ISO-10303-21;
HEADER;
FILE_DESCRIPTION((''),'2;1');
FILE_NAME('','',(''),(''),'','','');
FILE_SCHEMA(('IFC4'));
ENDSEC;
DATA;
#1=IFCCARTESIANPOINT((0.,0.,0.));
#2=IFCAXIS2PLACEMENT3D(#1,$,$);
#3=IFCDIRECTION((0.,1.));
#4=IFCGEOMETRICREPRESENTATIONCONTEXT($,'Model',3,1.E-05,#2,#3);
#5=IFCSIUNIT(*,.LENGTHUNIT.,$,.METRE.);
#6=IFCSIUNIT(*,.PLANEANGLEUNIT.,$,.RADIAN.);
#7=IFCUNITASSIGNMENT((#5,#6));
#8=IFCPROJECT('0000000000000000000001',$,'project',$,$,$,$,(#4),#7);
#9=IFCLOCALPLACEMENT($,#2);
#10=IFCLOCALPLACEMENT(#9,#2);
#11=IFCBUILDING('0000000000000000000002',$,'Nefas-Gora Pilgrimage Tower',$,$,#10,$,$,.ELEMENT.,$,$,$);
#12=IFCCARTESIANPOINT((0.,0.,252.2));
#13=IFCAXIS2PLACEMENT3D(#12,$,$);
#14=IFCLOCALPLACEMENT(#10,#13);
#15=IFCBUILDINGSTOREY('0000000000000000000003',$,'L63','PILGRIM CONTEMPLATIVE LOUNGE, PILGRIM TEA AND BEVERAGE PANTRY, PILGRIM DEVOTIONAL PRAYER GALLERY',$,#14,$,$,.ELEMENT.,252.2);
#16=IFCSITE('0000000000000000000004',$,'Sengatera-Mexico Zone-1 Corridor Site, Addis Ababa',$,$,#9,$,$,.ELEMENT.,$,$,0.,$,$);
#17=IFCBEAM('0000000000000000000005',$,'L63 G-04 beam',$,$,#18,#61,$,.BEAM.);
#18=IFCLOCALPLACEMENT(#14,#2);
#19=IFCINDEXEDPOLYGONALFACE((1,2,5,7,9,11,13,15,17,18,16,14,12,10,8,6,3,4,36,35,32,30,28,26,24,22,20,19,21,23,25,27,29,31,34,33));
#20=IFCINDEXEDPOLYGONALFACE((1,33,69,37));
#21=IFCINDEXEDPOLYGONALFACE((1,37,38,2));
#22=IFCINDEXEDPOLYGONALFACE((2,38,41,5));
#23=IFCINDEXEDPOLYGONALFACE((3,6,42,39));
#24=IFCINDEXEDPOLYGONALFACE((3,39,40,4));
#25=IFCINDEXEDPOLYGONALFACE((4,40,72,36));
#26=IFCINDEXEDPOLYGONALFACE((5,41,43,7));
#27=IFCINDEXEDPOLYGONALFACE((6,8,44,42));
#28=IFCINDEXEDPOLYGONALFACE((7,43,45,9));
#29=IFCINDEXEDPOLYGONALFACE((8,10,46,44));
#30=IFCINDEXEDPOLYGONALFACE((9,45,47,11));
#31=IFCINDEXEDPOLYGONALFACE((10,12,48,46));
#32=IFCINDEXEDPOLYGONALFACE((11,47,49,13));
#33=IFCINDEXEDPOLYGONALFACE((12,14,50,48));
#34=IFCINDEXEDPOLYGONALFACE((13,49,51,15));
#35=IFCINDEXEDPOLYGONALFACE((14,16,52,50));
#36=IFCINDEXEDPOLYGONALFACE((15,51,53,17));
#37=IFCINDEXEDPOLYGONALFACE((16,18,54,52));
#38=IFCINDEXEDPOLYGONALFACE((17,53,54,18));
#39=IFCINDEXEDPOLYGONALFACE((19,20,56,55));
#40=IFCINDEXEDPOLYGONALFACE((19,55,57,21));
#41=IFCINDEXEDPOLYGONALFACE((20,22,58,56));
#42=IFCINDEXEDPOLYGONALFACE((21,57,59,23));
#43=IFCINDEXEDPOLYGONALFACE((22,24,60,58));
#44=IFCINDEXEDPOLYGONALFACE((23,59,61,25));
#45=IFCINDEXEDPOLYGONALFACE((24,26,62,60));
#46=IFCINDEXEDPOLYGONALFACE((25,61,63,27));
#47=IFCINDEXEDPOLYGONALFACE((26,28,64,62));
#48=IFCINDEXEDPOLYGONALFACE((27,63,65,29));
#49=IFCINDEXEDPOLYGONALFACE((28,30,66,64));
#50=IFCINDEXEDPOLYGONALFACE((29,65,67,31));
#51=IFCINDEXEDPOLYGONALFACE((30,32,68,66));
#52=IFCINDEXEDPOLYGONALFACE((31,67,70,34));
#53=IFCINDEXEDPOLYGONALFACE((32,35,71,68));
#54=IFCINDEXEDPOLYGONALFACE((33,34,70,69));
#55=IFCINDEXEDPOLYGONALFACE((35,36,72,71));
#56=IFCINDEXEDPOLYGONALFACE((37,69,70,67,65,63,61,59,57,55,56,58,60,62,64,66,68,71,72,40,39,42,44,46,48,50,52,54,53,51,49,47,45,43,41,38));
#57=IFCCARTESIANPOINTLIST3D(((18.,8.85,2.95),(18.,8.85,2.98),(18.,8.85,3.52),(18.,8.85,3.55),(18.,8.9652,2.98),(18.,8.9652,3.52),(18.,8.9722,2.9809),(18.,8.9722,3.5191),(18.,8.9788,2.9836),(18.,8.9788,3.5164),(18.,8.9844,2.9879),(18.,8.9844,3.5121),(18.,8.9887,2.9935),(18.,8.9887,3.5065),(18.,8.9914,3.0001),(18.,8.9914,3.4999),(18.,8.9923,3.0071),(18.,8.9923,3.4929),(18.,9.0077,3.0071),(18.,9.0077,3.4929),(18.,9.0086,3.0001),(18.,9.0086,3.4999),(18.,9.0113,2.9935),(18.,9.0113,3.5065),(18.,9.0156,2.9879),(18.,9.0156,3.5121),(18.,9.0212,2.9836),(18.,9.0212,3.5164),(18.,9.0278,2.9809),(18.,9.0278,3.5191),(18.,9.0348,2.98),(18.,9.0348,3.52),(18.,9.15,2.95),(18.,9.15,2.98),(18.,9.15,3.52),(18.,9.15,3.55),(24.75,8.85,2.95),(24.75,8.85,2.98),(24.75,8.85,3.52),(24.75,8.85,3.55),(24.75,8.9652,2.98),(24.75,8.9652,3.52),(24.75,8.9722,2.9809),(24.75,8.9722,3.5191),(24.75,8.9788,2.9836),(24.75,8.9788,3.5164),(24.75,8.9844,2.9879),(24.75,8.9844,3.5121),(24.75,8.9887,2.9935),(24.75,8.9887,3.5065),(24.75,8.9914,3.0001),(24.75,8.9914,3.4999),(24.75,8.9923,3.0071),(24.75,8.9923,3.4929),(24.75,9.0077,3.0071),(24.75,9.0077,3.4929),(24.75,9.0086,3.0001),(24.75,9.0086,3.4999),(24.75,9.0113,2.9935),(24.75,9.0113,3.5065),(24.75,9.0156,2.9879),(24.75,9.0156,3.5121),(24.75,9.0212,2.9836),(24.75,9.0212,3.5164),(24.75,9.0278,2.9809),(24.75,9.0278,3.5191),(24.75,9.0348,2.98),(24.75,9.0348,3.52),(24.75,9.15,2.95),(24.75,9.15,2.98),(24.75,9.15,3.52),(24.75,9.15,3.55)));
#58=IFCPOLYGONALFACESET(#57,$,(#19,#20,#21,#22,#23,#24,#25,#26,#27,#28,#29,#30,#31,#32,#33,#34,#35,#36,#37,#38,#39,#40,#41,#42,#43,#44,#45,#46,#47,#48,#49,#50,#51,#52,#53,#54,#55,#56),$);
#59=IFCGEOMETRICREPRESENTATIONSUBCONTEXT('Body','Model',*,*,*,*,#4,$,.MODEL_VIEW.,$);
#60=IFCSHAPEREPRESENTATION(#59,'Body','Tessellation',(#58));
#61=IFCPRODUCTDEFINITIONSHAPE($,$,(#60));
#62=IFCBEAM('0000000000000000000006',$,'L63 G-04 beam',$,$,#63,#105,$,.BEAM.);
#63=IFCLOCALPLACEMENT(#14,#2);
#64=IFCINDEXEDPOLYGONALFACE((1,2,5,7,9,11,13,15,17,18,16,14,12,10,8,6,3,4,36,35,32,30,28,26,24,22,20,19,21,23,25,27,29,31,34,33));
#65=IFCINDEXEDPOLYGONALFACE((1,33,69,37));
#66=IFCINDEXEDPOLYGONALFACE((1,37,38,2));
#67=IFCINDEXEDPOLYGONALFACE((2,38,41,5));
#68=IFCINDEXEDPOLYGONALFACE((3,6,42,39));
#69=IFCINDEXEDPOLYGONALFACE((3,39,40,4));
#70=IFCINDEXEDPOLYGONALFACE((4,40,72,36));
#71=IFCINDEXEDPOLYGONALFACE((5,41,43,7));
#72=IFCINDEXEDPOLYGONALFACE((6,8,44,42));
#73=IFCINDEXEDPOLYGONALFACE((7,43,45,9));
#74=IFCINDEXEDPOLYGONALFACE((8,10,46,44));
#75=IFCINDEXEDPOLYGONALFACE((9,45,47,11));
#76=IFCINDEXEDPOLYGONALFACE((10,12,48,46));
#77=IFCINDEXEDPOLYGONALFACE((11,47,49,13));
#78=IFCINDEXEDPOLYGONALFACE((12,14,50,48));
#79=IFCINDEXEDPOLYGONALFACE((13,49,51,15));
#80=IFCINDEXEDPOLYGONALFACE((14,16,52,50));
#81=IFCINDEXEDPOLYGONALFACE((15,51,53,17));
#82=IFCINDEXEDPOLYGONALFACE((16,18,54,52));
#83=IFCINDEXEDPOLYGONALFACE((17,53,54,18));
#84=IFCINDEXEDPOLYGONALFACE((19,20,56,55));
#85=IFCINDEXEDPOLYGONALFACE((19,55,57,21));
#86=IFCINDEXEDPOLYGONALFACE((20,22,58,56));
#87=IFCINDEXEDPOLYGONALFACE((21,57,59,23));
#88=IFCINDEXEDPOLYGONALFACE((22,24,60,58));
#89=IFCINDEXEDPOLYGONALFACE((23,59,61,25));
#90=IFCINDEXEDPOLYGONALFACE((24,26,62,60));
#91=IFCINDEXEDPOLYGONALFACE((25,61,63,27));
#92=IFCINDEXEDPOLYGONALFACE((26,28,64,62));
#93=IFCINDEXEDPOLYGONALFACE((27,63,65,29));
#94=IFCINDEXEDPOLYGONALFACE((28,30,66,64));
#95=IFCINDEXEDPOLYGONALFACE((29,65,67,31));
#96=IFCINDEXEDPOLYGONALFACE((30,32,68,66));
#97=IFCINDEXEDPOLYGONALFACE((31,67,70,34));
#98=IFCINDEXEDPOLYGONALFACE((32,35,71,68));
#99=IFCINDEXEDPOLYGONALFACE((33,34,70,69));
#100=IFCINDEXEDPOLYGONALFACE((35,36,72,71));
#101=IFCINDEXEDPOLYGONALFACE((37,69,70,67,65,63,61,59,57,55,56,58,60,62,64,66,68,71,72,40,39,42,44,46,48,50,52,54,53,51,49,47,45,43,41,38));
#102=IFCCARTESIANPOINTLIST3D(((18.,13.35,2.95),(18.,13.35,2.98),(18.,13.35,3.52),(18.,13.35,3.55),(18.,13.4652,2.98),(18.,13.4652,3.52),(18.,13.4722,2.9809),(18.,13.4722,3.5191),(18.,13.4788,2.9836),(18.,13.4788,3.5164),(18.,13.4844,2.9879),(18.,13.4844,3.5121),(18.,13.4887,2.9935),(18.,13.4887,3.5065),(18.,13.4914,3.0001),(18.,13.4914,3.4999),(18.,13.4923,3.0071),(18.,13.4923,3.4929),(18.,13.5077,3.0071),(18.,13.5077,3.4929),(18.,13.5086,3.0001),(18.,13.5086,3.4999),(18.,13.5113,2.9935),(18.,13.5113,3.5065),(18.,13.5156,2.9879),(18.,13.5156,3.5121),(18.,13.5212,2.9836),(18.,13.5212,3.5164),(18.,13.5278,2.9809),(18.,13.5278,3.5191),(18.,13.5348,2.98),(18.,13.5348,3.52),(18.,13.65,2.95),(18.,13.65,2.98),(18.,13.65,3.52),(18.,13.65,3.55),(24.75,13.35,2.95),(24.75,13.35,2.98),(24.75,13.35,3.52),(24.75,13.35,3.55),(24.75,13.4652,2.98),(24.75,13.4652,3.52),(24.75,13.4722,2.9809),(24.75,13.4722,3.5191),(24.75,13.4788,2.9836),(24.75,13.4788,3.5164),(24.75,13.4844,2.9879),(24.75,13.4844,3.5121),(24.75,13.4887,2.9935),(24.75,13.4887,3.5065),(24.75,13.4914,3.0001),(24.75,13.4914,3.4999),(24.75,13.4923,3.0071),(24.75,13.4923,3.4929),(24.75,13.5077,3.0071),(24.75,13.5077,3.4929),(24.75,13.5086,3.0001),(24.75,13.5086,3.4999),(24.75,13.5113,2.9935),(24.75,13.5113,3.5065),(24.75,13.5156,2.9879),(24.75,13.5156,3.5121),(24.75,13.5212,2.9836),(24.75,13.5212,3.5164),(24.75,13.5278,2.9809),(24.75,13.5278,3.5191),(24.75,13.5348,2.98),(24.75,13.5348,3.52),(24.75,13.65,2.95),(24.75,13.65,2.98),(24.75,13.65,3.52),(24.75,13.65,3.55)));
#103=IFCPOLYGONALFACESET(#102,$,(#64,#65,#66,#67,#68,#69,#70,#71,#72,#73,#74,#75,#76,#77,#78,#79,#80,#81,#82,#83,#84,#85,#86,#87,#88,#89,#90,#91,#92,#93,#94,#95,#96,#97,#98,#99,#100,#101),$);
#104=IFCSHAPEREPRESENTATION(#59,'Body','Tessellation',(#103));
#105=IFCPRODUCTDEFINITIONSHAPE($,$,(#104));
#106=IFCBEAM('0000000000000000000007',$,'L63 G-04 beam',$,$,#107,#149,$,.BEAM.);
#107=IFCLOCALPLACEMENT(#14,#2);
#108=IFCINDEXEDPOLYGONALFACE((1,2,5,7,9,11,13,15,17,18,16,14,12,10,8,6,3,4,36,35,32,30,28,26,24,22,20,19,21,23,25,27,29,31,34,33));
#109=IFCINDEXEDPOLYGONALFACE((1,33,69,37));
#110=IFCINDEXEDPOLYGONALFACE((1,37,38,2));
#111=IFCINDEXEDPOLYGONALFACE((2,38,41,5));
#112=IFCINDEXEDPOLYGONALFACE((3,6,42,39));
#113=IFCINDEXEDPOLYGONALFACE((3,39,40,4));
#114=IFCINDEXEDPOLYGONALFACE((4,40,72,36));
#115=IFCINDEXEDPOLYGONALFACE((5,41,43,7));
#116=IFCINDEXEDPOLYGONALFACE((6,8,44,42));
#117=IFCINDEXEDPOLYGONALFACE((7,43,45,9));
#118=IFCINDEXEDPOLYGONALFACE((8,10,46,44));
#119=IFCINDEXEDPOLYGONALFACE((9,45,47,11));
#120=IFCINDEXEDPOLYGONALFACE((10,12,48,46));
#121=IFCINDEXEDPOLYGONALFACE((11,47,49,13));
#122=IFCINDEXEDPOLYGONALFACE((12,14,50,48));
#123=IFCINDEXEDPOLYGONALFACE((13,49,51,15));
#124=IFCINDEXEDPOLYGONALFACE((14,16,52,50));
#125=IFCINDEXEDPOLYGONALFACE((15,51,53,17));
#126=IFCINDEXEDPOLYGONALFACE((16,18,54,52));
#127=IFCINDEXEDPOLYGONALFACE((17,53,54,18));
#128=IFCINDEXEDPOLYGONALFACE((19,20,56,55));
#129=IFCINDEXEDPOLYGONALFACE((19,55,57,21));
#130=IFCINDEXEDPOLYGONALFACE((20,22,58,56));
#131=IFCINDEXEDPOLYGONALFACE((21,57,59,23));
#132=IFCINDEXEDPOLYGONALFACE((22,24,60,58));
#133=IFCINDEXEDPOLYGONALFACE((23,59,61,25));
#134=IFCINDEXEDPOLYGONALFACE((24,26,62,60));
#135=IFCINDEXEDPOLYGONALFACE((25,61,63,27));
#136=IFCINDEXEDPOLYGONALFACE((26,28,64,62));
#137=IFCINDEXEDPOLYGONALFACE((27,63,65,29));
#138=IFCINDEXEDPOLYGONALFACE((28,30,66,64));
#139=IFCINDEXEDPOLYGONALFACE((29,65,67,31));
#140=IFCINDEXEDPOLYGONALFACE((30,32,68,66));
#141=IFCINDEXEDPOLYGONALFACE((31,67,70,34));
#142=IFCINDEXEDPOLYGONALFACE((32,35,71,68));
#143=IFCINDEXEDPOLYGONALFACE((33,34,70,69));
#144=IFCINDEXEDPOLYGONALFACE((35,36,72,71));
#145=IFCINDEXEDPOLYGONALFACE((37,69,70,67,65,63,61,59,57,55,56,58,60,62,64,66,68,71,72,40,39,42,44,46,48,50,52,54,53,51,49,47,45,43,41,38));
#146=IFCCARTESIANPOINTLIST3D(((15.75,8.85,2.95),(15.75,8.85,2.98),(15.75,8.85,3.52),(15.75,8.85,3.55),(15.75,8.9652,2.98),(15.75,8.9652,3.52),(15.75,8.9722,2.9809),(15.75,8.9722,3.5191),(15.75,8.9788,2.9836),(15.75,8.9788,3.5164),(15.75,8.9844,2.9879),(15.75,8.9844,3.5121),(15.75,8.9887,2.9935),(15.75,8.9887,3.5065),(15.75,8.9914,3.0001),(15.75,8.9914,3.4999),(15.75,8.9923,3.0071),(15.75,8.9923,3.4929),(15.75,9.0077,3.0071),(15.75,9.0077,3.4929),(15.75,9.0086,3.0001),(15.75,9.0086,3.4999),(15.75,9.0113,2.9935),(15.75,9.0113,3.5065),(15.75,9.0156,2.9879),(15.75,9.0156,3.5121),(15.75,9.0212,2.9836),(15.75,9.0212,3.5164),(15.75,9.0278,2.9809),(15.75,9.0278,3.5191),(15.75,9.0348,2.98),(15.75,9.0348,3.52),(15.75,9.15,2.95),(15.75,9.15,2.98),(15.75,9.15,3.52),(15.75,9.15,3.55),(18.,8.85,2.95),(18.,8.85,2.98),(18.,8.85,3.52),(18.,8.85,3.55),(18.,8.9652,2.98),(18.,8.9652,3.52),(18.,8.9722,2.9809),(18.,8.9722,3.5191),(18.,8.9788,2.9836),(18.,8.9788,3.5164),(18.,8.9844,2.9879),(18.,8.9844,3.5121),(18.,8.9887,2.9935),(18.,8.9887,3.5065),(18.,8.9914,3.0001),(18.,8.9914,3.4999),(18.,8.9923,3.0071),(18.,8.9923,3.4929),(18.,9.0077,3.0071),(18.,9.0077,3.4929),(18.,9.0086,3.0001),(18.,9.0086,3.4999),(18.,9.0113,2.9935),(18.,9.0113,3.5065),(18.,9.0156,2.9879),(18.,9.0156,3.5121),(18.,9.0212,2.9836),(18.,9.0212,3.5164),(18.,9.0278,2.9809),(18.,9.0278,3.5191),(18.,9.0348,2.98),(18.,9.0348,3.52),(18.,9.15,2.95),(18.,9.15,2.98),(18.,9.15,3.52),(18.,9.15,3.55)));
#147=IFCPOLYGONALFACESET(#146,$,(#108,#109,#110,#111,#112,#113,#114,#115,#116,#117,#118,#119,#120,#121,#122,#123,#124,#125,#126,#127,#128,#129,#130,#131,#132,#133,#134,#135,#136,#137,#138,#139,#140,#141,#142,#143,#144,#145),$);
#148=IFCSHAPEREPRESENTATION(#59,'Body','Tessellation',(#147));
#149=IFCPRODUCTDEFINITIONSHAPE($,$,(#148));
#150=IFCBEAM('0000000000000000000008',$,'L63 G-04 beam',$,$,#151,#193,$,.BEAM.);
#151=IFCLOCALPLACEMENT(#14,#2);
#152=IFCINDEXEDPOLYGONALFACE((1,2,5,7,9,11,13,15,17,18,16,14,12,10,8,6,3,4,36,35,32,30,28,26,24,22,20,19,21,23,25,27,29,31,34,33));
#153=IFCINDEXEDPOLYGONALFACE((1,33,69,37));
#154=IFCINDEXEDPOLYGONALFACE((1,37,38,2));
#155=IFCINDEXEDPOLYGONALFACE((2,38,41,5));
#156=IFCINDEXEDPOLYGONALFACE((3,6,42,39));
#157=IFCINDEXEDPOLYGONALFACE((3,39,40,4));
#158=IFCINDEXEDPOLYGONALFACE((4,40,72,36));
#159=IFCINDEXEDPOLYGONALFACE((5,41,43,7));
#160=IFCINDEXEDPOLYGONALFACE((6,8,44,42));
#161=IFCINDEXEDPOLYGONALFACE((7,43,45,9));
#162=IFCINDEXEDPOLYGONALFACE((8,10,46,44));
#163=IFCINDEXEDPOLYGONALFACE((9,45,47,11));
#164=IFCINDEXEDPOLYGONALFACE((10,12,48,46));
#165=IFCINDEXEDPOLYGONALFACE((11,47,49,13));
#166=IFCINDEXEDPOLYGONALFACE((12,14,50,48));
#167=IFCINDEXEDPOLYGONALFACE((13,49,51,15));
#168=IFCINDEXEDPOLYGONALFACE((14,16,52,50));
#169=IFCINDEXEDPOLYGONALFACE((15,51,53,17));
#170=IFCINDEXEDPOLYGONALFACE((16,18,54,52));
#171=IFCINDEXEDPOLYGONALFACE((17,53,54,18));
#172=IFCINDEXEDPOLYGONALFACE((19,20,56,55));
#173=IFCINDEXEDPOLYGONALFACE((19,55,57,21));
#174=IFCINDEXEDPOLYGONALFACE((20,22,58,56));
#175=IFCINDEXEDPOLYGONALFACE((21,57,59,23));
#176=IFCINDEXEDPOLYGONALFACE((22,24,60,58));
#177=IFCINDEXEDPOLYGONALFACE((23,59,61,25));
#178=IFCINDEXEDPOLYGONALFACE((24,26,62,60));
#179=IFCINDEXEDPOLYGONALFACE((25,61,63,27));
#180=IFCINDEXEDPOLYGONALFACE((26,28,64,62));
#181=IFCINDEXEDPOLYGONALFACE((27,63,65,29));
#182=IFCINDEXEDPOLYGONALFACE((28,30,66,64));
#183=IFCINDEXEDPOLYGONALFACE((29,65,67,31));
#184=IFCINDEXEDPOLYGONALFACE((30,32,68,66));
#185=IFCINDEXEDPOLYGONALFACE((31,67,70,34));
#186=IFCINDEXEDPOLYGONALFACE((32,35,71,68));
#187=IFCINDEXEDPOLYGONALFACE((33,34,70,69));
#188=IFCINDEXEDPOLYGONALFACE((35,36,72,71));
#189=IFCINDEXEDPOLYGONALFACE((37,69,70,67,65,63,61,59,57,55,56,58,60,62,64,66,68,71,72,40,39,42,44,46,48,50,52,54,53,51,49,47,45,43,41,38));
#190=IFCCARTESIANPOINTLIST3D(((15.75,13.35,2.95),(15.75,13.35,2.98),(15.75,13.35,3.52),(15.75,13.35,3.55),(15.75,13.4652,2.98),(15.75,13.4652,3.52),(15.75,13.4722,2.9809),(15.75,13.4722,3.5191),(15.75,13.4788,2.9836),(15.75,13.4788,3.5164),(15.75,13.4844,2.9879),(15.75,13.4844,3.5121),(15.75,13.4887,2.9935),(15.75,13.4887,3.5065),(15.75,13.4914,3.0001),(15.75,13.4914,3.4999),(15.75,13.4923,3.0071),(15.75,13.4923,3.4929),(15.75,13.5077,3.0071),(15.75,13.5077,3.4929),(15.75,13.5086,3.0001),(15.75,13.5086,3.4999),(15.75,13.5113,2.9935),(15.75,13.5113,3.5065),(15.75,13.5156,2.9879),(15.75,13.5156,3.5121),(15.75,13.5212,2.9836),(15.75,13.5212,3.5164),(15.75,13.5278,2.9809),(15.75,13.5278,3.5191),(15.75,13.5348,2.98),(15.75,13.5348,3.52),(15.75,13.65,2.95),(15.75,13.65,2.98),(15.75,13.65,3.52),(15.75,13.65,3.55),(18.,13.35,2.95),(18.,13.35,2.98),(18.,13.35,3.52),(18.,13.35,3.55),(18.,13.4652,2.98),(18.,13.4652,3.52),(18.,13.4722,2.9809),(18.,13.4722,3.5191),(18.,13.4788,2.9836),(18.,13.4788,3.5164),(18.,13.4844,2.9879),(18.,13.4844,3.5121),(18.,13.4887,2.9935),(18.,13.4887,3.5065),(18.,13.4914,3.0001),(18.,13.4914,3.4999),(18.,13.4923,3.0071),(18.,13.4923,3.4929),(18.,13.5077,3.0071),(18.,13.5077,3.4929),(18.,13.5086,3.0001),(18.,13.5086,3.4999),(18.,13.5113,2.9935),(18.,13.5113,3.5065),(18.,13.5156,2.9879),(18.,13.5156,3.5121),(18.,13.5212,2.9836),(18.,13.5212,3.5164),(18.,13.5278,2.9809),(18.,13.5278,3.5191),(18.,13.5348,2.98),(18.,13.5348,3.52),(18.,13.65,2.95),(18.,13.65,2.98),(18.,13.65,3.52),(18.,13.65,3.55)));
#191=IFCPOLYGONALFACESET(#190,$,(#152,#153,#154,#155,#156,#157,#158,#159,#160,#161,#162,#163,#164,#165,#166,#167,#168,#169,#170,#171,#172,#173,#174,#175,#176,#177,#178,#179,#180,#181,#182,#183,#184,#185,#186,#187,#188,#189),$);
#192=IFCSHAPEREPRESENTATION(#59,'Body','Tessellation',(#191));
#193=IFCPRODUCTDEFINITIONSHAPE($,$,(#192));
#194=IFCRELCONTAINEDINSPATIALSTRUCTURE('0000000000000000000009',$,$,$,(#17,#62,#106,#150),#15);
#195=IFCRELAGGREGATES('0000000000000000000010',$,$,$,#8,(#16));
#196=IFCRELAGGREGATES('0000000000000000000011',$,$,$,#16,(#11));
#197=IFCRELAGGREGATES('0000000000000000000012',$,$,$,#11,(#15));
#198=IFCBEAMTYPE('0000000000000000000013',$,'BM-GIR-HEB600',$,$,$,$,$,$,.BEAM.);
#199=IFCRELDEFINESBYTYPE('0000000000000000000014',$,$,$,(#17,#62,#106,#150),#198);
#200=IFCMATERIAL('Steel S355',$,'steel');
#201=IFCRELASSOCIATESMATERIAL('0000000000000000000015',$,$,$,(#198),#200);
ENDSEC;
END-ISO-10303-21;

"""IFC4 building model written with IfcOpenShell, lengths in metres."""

from ifc_helpers import new_model, si_unit, direction, frame, origin, origin_2d, place, context, subcontext, project, spatial, i_section, extrude, source, transform, mapped, material, material_profile, profile_set, type_object, element, save


model = new_model("IFC4")

# Units and contexts
model_context = context("Model", 3, precision=1e-05, world=origin(), true_north=direction((0.0, 1.0)))
body_context = subcontext(model_context, "Body", "Model", "MODEL_VIEW")
ifc_project = project(units=[si_unit("LENGTHUNIT", "METRE"), si_unit("PLANEANGLEUNIT", "RADIAN")], contexts=[model_context])

# Site, building, storey
site_placement = place(None, origin())
site = spatial("IfcSite", under=ifc_project, at=site_placement, Name="Sengatera-Mexico Zone-1 Corridor Site, Addis Ababa", CompositionType="ELEMENT", RefElevation=0.0)
building_placement = place(site_placement, origin())
building = spatial("IfcBuilding", under=site, at=building_placement, Name="Nefas-Gora Pilgrimage Tower", CompositionType="ELEMENT")
storey_placement = place(building_placement, frame((0.0, 0.0, 252.2)))
storey = spatial("IfcBuildingStorey", under=building, at=storey_placement, Name="L63", Description="PILGRIM CONTEMPLATIVE LOUNGE, PILGRIM TEA AND BEVERAGE PANTRY, PILGRIM DEVOTIONAL PRAYER GALLERY", CompositionType="ELEMENT", Elevation=252.2)

# Beams
ifc_material_1 = material(Name="Steel S355", Category="steel")
ifc_material_profile_1 = material_profile(ifc_material_1, i_section(OverallWidth=0.3, OverallDepth=0.6001, WebThickness=0.0154, FlangeThickness=0.03, FilletRadius=0.0271, at=origin_2d()), Name="HEB 600")
ifc_profile_set_1 = profile_set([ifc_material_profile_1], Name="Steel S355")
beam_type_1 = type_object("IfcBeamType", Name="BM-GIR-HEB600", PredefinedType="BEAM", material=ifc_profile_set_1)
shared_shape_1 = source(origin(), body_context, "Body", "SweptSolid", [
    extrude(i_section(OverallWidth=0.3, OverallDepth=0.6001, WebThickness=0.0154, FlangeThickness=0.03, FilletRadius=0.0271, at=origin_2d()), origin(), (0.0, 0.0, 1.0), 6.75),
])
for number, where, z_axis, x_axis, name in (
    (1, (18.0, 9.0, 3.25), (1.0, 0.0, 0.0), (0.0, 1.0, 0.0), "L63 G-04 beam"),
    (2, (18.0, 13.5, 3.25), (1.0, 0.0, 0.0), (0.0, 1.0, 0.0), "L63 G-04 beam"),
):
    element("IfcBeam", number, at=place(storey_placement, frame(where, z_axis=z_axis, x_axis=x_axis)), inside=storey, type_object=beam_type_1, Name=name, PredefinedType="BEAM", context=body_context, shape_type="MappedRepresentation", body=[
        mapped(shared_shape_1, transform((0.0, 0.0, 0.0), x_axis=(1.0, 0.0, 0.0), y_axis=(0.0, 1.0, 0.0), z_axis=(0.0, 0.0, 1.0), scale=1.0)),
    ])
shared_shape_2 = source(origin(), body_context, "Body", "SweptSolid", [
    extrude(i_section(OverallWidth=0.3, OverallDepth=0.6001, WebThickness=0.0154, FlangeThickness=0.03, FilletRadius=0.0271, at=origin_2d()), origin(), (0.0, 0.0, 1.0), 2.25),
])
for number, where, z_axis, x_axis, name in (
    (3, (15.75, 9.0, 3.25), (1.0, 0.0, 0.0), (0.0, 1.0, 0.0), "L63 G-04 beam"),
    (4, (15.75, 13.5, 3.25), (1.0, 0.0, 0.0), (0.0, 1.0, 0.0), "L63 G-04 beam"),
):
    element("IfcBeam", number, at=place(storey_placement, frame(where, z_axis=z_axis, x_axis=x_axis)), inside=storey, type_object=beam_type_1, Name=name, PredefinedType="BEAM", context=body_context, shape_type="MappedRepresentation", body=[
        mapped(shared_shape_2, transform((0.0, 0.0, 0.0), x_axis=(1.0, 0.0, 0.0), y_axis=(0.0, 1.0, 0.0), z_axis=(0.0, 0.0, 1.0), scale=1.0)),
    ])

save(model, "model.ifc")
